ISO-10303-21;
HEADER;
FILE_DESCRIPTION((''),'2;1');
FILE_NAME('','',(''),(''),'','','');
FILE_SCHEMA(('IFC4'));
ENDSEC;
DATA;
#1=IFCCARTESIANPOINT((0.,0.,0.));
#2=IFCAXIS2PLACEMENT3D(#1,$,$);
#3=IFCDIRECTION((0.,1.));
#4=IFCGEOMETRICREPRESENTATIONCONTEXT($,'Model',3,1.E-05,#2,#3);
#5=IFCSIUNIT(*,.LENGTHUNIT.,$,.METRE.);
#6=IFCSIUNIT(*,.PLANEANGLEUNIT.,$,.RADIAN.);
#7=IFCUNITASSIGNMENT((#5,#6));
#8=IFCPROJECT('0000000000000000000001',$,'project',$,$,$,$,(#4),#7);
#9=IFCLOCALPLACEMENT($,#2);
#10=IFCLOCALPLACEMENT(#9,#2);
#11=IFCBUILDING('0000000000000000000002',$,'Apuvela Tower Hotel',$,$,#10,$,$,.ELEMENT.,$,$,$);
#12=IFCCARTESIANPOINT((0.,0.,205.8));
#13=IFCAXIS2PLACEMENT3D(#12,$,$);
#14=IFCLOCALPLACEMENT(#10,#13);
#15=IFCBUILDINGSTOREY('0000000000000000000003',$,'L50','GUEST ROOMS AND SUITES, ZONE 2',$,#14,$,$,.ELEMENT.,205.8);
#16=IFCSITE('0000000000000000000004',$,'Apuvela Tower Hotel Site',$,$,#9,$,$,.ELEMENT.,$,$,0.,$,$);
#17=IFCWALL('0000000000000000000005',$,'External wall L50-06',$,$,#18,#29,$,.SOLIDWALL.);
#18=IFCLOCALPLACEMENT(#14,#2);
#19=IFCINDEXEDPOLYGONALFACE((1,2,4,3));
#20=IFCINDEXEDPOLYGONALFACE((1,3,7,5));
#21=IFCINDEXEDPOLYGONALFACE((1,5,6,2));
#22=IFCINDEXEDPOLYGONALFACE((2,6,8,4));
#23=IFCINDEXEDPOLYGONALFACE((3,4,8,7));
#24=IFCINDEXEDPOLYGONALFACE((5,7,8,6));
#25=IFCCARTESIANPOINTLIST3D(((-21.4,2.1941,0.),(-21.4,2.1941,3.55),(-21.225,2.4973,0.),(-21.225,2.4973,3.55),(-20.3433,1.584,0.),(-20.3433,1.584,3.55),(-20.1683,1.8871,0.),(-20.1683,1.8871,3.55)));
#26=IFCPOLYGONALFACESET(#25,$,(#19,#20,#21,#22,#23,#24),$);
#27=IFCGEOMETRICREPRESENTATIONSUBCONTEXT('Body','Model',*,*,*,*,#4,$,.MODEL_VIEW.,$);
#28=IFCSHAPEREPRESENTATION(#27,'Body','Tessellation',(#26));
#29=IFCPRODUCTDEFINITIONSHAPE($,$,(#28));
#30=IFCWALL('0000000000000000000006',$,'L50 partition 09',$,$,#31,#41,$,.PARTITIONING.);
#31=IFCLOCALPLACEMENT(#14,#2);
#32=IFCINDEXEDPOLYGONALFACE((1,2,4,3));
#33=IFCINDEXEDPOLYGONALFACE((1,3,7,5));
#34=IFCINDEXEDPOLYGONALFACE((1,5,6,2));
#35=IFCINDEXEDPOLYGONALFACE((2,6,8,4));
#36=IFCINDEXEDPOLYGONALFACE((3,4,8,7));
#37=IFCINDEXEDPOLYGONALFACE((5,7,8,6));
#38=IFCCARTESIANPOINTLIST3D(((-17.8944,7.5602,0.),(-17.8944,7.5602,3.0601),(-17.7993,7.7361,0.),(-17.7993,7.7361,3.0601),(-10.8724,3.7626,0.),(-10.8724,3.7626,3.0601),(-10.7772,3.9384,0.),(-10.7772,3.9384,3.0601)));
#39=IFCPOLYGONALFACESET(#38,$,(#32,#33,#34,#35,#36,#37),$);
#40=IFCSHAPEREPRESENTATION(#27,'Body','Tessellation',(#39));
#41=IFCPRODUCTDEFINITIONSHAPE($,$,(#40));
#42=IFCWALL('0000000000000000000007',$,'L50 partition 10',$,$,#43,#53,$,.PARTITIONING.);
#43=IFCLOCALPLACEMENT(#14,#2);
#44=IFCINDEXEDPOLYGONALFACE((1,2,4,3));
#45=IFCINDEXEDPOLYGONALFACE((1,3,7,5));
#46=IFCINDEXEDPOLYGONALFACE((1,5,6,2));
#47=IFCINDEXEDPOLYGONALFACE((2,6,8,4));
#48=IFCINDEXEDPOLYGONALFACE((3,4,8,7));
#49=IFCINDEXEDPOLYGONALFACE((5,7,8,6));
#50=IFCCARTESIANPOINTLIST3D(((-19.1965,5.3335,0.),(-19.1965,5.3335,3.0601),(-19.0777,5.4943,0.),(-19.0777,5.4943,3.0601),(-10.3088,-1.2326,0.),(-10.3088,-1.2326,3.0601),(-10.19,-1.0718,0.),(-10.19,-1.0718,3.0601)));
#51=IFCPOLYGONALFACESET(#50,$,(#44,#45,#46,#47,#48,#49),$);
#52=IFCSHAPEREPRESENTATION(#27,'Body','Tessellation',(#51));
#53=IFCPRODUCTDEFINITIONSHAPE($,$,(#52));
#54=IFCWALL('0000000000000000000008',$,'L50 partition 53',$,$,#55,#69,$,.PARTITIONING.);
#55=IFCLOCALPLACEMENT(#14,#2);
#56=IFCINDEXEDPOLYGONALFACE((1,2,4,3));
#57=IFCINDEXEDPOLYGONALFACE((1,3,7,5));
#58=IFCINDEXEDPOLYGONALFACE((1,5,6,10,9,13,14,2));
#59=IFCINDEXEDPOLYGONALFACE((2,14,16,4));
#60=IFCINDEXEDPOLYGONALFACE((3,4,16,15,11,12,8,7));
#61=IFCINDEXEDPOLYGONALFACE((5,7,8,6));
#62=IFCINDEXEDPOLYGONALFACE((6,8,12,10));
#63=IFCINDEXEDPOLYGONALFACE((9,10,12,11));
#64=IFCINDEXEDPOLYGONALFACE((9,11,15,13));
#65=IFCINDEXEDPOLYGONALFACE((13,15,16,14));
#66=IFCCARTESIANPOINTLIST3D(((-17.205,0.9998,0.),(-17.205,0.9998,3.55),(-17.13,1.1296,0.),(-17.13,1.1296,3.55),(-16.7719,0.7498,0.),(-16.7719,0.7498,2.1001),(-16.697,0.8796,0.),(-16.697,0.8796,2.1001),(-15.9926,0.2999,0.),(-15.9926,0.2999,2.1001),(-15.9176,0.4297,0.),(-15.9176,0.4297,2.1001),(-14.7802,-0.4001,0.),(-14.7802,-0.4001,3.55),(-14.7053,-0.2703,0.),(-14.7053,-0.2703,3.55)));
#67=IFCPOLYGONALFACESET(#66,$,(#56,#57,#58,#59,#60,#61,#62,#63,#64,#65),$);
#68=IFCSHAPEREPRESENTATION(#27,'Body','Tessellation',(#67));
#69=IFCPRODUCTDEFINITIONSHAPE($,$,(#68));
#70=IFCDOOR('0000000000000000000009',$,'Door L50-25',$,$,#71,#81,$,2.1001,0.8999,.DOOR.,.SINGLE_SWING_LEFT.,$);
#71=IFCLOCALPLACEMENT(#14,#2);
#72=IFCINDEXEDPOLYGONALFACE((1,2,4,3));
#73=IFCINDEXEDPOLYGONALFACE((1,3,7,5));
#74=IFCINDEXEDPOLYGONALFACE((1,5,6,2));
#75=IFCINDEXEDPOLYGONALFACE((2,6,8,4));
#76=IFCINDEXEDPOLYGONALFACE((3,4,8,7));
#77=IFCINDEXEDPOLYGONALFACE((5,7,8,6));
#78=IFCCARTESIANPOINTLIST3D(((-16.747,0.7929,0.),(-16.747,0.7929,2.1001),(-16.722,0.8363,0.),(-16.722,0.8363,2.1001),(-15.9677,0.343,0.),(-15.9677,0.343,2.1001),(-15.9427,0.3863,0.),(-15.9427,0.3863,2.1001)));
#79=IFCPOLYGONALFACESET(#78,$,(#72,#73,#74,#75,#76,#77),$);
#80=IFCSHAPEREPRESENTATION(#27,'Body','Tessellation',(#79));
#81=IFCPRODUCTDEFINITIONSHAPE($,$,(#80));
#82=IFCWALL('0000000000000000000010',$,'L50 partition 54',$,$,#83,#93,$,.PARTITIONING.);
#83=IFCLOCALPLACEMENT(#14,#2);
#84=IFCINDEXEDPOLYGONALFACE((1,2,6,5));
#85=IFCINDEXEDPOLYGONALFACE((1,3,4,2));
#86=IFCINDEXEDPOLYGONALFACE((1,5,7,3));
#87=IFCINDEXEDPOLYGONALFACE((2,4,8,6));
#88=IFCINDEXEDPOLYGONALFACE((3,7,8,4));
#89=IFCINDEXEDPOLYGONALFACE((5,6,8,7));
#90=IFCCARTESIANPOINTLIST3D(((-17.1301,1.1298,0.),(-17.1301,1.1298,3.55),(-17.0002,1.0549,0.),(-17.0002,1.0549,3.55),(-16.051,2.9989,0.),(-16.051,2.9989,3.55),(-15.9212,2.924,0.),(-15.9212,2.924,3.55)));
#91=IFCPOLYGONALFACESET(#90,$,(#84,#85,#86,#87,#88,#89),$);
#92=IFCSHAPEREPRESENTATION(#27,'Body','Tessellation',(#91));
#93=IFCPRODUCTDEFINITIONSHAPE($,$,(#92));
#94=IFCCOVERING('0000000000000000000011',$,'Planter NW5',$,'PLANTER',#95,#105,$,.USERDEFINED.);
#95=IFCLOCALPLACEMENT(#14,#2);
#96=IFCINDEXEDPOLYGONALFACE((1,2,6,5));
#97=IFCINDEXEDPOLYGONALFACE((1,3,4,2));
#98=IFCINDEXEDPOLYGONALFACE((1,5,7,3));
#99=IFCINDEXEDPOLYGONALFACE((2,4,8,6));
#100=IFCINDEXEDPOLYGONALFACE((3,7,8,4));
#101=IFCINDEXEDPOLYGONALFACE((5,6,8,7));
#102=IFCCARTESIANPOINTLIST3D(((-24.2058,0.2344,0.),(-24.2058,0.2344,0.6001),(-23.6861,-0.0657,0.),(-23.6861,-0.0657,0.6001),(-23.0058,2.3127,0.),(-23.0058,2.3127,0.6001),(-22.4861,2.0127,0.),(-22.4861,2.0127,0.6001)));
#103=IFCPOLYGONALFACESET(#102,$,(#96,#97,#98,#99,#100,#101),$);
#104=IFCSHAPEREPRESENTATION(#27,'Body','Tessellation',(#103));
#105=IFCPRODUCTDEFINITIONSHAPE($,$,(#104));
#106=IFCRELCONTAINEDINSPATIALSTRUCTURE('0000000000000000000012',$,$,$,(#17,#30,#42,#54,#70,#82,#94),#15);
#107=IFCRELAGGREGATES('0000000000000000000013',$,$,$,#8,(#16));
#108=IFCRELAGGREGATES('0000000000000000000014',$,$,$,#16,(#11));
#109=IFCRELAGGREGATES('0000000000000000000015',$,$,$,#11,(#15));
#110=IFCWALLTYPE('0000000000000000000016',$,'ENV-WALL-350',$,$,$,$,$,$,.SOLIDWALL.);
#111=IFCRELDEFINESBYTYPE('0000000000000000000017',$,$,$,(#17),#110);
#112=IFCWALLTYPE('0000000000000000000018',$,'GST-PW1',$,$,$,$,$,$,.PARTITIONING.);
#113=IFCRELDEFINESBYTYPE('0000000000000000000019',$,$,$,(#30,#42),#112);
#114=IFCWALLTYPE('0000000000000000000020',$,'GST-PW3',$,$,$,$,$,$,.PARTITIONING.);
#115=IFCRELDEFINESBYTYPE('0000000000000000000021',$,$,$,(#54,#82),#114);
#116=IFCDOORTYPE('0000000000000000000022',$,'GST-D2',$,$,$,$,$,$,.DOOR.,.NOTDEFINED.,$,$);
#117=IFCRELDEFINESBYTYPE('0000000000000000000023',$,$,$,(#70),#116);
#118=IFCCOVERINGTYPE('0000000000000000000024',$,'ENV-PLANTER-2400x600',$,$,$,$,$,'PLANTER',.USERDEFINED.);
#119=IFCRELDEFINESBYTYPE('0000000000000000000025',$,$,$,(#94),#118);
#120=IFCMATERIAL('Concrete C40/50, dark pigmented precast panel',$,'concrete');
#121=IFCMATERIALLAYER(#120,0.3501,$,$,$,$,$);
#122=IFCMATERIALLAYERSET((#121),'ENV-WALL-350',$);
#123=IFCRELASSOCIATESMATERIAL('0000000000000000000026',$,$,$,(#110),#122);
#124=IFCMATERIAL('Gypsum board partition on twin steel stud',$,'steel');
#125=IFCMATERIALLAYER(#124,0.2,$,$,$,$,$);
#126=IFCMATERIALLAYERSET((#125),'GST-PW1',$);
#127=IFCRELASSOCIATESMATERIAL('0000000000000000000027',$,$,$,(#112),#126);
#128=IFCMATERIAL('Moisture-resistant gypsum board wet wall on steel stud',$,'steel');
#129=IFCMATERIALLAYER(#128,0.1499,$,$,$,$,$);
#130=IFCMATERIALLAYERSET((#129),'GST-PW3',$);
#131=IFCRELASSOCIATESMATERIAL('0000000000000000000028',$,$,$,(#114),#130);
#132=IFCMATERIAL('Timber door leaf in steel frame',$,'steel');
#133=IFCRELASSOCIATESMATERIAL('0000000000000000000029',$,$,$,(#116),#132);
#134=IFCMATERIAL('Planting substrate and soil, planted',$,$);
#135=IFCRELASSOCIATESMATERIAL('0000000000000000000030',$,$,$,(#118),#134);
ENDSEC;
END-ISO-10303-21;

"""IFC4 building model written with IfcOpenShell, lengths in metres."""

from ifc_helpers import new_model, si_unit, direction, frame, frame_2d, origin, origin_2d, place, context, subcontext, project, spatial, rectangle, extrude, material, layer, layer_set, type_object, element, fill, save


model = new_model("IFC4")

# Units and contexts
model_context = context("Model", 3, precision=1e-05, world=origin(), true_north=direction((0.0, 1.0)))
body_context = subcontext(model_context, "Body", "Model", "MODEL_VIEW")
ifc_project = project(units=[si_unit("LENGTHUNIT", "METRE"), si_unit("PLANEANGLEUNIT", "RADIAN")], contexts=[model_context])

# Site, building, storey
site_placement = place(None, origin())
site = spatial("IfcSite", under=ifc_project, at=site_placement, Name="Apuvela Tower Hotel Site", CompositionType="ELEMENT", RefElevation=0.0)
building_placement = place(site_placement, origin())
building = spatial("IfcBuilding", under=site, at=building_placement, Name="Apuvela Tower Hotel", CompositionType="ELEMENT")
storey_placement = place(building_placement, frame((0.0, 0.0, 205.8)))
storey = spatial("IfcBuildingStorey", under=building, at=storey_placement, Name="L50", Description="GUEST ROOMS AND SUITES, ZONE 2", CompositionType="ELEMENT", Elevation=205.8)

# Shared definitions
ifc_material_1 = material(Name="Concrete C40/50, dark pigmented precast panel", Category="concrete")
ifc_layer_1 = layer(ifc_material_1, 0.3501)
ifc_layer_set_1 = layer_set([ifc_layer_1], Name="ENV-WALL-350")
wall_type_1 = type_object("IfcWallType", Name="ENV-WALL-350", PredefinedType="SOLIDWALL", material=ifc_layer_set_1)

# Wall
wall_1_placement = place(storey_placement, frame((-21.3125, 2.3457, 0.0), z_axis=(0.0, 0.0, 1.0), x_axis=(0.866006, -0.500034, 0.0)))
element("IfcWall", 1, at=wall_1_placement, inside=storey, type_object=wall_type_1, Name="External wall L50-06", PredefinedType="SOLIDWALL", context=body_context, shape_type="SweptSolid", body=[
    extrude(rectangle(XDim=1.2202, YDim=0.3501, at=frame_2d((0.6101, 0.0))), origin(), (0.0, 0.0, 1.0), 3.55),
])

# Walls
ifc_material_2 = material(Name="Gypsum board partition on twin steel stud", Category="steel")
ifc_layer_2 = layer(ifc_material_2, 0.2)
ifc_layer_set_2 = layer_set([ifc_layer_2], Name="GST-PW1")
wall_type_2 = type_object("IfcWallType", Name="GST-PW1", PredefinedType="PARTITIONING", material=ifc_layer_set_2)
wall_2_placement = place(storey_placement, frame((-17.8469, 7.6482, 0.0), z_axis=(0.0, 0.0, 1.0), x_axis=(0.879604, -0.475706, 0.0)))
element("IfcWall", 2, at=wall_2_placement, inside=storey, type_object=wall_type_2, Name="L50 partition 09", PredefinedType="PARTITIONING", context=body_context, shape_type="SweptSolid", body=[
    extrude(rectangle(XDim=7.9832, YDim=0.2, at=frame_2d((3.9917, 0.0))), origin(), (0.0, 0.0, 1.0), 3.0601),
])
wall_3_placement = place(storey_placement, frame((-19.137, 5.4138, 0.0), z_axis=(0.0, 0.0, 1.0), x_axis=(0.804306, -0.594215, 0.0)))
element("IfcWall", 3, at=wall_3_placement, inside=storey, type_object=wall_type_2, Name="L50 partition 10", PredefinedType="PARTITIONING", context=body_context, shape_type="SweptSolid", body=[
    extrude(rectangle(XDim=11.05, YDim=0.2, at=frame_2d((5.5249, 0.0))), origin(), (0.0, 0.0, 1.0), 3.0601),
])

# Wall, opening, door
ifc_material_3 = material(Name="Moisture-resistant gypsum board wet wall on steel stud", Category="steel")
ifc_layer_3 = layer(ifc_material_3, 0.1499)
ifc_layer_set_3 = layer_set([ifc_layer_3], Name="GST-PW3")
wall_type_3 = type_object("IfcWallType", Name="GST-PW3", PredefinedType="PARTITIONING", material=ifc_layer_set_3)
wall_4_placement = place(storey_placement, frame((-17.1675, 1.0647, 0.0), z_axis=(0.0, 0.0, 1.0), x_axis=(0.866035, -0.499984, 0.0)))
wall_4 = element("IfcWall", 4, at=wall_4_placement, inside=storey, type_object=wall_type_3, Name="L50 partition 53", PredefinedType="PARTITIONING", context=body_context, shape_type="SweptSolid", body=[
    extrude(rectangle(XDim=2.7998, YDim=0.1499, at=frame_2d((1.3999, 0.0))), origin(), (0.0, 0.0, 1.0), 3.55),
])
opening_1_placement = place(wall_4_placement, frame((0.5, 0.0, 0.0)))
opening_1 = element("IfcOpeningElement", 5, at=opening_1_placement, cuts=wall_4, PredefinedType="OPENING", context=body_context, shape_type="SweptSolid", body=[
    extrude(rectangle(XDim=0.8999, YDim=2.1001, at=frame_2d((0.45, 1.05))), frame((0.0, 0.085, 0.0), z_axis=(0.0, -1.0, 0.0), x_axis=(1.0, 0.0, 0.0)), (0.0, 0.0, 1.0), 0.1699),
])
ifc_material_4 = material(Name="Timber door leaf in steel frame", Category="steel")
door_type_1 = type_object("IfcDoorType", Name="GST-D2", OperationType="NOTDEFINED", PredefinedType="DOOR", material=ifc_material_4)
door_1_placement = place(opening_1_placement, origin())
door_1 = element("IfcDoor", 6, at=door_1_placement, inside=storey, type_object=door_type_1, Name="Door L50-25", OperationType="SINGLE_SWING_LEFT", OverallHeight=2.1001, OverallWidth=0.8999, PredefinedType="DOOR", context=body_context, shape_type="SweptSolid", body=[
    extrude(rectangle(XDim=0.8999, YDim=2.1001, at=frame_2d((0.45, 1.05))), frame((0.0, 0.0249, 0.0), z_axis=(0.0, -1.0, 0.0), x_axis=(1.0, 0.0, 0.0)), (0.0, 0.0, 1.0), 0.05),
])
fill(opening_1, door_1)

# Wall
wall_5_placement = place(storey_placement, frame((-15.9861, 2.9614, 0.0), z_axis=(0.0, 0.0, 1.0), x_axis=(-0.499984, -0.866035, 0.0)))
element("IfcWall", 7, at=wall_5_placement, inside=storey, type_object=wall_type_3, Name="L50 partition 54", PredefinedType="PARTITIONING", context=body_context, shape_type="SweptSolid", body=[
    extrude(rectangle(XDim=2.1582, YDim=0.1499, at=frame_2d((1.0791, 0.0))), origin(), (0.0, 0.0, 1.0), 3.55),
])

# Covering
ifc_material_5 = material(Name="Planting substrate and soil, planted")
covering_type = type_object("IfcCoveringType", Name="ENV-PLANTER-2400x600", ElementType="PLANTER", PredefinedType="USERDEFINED", material=ifc_material_5)
covering_placement = place(storey_placement, frame((-23.3459, 1.1235, 0.0), z_axis=(0.0, 0.0, 1.0), x_axis=(-0.5, -0.866025, 0.0)))
element("IfcCovering", 8, at=covering_placement, inside=storey, type_object=covering_type, Name="Planter NW5", ObjectType="PLANTER", PredefinedType="USERDEFINED", context=body_context, shape_type="SweptSolid", body=[
    extrude(rectangle(XDim=2.3999, YDim=0.6001, at=origin_2d()), origin(), (0.0, 0.0, 1.0), 0.6001),
])

save(model, "model.ifc")
